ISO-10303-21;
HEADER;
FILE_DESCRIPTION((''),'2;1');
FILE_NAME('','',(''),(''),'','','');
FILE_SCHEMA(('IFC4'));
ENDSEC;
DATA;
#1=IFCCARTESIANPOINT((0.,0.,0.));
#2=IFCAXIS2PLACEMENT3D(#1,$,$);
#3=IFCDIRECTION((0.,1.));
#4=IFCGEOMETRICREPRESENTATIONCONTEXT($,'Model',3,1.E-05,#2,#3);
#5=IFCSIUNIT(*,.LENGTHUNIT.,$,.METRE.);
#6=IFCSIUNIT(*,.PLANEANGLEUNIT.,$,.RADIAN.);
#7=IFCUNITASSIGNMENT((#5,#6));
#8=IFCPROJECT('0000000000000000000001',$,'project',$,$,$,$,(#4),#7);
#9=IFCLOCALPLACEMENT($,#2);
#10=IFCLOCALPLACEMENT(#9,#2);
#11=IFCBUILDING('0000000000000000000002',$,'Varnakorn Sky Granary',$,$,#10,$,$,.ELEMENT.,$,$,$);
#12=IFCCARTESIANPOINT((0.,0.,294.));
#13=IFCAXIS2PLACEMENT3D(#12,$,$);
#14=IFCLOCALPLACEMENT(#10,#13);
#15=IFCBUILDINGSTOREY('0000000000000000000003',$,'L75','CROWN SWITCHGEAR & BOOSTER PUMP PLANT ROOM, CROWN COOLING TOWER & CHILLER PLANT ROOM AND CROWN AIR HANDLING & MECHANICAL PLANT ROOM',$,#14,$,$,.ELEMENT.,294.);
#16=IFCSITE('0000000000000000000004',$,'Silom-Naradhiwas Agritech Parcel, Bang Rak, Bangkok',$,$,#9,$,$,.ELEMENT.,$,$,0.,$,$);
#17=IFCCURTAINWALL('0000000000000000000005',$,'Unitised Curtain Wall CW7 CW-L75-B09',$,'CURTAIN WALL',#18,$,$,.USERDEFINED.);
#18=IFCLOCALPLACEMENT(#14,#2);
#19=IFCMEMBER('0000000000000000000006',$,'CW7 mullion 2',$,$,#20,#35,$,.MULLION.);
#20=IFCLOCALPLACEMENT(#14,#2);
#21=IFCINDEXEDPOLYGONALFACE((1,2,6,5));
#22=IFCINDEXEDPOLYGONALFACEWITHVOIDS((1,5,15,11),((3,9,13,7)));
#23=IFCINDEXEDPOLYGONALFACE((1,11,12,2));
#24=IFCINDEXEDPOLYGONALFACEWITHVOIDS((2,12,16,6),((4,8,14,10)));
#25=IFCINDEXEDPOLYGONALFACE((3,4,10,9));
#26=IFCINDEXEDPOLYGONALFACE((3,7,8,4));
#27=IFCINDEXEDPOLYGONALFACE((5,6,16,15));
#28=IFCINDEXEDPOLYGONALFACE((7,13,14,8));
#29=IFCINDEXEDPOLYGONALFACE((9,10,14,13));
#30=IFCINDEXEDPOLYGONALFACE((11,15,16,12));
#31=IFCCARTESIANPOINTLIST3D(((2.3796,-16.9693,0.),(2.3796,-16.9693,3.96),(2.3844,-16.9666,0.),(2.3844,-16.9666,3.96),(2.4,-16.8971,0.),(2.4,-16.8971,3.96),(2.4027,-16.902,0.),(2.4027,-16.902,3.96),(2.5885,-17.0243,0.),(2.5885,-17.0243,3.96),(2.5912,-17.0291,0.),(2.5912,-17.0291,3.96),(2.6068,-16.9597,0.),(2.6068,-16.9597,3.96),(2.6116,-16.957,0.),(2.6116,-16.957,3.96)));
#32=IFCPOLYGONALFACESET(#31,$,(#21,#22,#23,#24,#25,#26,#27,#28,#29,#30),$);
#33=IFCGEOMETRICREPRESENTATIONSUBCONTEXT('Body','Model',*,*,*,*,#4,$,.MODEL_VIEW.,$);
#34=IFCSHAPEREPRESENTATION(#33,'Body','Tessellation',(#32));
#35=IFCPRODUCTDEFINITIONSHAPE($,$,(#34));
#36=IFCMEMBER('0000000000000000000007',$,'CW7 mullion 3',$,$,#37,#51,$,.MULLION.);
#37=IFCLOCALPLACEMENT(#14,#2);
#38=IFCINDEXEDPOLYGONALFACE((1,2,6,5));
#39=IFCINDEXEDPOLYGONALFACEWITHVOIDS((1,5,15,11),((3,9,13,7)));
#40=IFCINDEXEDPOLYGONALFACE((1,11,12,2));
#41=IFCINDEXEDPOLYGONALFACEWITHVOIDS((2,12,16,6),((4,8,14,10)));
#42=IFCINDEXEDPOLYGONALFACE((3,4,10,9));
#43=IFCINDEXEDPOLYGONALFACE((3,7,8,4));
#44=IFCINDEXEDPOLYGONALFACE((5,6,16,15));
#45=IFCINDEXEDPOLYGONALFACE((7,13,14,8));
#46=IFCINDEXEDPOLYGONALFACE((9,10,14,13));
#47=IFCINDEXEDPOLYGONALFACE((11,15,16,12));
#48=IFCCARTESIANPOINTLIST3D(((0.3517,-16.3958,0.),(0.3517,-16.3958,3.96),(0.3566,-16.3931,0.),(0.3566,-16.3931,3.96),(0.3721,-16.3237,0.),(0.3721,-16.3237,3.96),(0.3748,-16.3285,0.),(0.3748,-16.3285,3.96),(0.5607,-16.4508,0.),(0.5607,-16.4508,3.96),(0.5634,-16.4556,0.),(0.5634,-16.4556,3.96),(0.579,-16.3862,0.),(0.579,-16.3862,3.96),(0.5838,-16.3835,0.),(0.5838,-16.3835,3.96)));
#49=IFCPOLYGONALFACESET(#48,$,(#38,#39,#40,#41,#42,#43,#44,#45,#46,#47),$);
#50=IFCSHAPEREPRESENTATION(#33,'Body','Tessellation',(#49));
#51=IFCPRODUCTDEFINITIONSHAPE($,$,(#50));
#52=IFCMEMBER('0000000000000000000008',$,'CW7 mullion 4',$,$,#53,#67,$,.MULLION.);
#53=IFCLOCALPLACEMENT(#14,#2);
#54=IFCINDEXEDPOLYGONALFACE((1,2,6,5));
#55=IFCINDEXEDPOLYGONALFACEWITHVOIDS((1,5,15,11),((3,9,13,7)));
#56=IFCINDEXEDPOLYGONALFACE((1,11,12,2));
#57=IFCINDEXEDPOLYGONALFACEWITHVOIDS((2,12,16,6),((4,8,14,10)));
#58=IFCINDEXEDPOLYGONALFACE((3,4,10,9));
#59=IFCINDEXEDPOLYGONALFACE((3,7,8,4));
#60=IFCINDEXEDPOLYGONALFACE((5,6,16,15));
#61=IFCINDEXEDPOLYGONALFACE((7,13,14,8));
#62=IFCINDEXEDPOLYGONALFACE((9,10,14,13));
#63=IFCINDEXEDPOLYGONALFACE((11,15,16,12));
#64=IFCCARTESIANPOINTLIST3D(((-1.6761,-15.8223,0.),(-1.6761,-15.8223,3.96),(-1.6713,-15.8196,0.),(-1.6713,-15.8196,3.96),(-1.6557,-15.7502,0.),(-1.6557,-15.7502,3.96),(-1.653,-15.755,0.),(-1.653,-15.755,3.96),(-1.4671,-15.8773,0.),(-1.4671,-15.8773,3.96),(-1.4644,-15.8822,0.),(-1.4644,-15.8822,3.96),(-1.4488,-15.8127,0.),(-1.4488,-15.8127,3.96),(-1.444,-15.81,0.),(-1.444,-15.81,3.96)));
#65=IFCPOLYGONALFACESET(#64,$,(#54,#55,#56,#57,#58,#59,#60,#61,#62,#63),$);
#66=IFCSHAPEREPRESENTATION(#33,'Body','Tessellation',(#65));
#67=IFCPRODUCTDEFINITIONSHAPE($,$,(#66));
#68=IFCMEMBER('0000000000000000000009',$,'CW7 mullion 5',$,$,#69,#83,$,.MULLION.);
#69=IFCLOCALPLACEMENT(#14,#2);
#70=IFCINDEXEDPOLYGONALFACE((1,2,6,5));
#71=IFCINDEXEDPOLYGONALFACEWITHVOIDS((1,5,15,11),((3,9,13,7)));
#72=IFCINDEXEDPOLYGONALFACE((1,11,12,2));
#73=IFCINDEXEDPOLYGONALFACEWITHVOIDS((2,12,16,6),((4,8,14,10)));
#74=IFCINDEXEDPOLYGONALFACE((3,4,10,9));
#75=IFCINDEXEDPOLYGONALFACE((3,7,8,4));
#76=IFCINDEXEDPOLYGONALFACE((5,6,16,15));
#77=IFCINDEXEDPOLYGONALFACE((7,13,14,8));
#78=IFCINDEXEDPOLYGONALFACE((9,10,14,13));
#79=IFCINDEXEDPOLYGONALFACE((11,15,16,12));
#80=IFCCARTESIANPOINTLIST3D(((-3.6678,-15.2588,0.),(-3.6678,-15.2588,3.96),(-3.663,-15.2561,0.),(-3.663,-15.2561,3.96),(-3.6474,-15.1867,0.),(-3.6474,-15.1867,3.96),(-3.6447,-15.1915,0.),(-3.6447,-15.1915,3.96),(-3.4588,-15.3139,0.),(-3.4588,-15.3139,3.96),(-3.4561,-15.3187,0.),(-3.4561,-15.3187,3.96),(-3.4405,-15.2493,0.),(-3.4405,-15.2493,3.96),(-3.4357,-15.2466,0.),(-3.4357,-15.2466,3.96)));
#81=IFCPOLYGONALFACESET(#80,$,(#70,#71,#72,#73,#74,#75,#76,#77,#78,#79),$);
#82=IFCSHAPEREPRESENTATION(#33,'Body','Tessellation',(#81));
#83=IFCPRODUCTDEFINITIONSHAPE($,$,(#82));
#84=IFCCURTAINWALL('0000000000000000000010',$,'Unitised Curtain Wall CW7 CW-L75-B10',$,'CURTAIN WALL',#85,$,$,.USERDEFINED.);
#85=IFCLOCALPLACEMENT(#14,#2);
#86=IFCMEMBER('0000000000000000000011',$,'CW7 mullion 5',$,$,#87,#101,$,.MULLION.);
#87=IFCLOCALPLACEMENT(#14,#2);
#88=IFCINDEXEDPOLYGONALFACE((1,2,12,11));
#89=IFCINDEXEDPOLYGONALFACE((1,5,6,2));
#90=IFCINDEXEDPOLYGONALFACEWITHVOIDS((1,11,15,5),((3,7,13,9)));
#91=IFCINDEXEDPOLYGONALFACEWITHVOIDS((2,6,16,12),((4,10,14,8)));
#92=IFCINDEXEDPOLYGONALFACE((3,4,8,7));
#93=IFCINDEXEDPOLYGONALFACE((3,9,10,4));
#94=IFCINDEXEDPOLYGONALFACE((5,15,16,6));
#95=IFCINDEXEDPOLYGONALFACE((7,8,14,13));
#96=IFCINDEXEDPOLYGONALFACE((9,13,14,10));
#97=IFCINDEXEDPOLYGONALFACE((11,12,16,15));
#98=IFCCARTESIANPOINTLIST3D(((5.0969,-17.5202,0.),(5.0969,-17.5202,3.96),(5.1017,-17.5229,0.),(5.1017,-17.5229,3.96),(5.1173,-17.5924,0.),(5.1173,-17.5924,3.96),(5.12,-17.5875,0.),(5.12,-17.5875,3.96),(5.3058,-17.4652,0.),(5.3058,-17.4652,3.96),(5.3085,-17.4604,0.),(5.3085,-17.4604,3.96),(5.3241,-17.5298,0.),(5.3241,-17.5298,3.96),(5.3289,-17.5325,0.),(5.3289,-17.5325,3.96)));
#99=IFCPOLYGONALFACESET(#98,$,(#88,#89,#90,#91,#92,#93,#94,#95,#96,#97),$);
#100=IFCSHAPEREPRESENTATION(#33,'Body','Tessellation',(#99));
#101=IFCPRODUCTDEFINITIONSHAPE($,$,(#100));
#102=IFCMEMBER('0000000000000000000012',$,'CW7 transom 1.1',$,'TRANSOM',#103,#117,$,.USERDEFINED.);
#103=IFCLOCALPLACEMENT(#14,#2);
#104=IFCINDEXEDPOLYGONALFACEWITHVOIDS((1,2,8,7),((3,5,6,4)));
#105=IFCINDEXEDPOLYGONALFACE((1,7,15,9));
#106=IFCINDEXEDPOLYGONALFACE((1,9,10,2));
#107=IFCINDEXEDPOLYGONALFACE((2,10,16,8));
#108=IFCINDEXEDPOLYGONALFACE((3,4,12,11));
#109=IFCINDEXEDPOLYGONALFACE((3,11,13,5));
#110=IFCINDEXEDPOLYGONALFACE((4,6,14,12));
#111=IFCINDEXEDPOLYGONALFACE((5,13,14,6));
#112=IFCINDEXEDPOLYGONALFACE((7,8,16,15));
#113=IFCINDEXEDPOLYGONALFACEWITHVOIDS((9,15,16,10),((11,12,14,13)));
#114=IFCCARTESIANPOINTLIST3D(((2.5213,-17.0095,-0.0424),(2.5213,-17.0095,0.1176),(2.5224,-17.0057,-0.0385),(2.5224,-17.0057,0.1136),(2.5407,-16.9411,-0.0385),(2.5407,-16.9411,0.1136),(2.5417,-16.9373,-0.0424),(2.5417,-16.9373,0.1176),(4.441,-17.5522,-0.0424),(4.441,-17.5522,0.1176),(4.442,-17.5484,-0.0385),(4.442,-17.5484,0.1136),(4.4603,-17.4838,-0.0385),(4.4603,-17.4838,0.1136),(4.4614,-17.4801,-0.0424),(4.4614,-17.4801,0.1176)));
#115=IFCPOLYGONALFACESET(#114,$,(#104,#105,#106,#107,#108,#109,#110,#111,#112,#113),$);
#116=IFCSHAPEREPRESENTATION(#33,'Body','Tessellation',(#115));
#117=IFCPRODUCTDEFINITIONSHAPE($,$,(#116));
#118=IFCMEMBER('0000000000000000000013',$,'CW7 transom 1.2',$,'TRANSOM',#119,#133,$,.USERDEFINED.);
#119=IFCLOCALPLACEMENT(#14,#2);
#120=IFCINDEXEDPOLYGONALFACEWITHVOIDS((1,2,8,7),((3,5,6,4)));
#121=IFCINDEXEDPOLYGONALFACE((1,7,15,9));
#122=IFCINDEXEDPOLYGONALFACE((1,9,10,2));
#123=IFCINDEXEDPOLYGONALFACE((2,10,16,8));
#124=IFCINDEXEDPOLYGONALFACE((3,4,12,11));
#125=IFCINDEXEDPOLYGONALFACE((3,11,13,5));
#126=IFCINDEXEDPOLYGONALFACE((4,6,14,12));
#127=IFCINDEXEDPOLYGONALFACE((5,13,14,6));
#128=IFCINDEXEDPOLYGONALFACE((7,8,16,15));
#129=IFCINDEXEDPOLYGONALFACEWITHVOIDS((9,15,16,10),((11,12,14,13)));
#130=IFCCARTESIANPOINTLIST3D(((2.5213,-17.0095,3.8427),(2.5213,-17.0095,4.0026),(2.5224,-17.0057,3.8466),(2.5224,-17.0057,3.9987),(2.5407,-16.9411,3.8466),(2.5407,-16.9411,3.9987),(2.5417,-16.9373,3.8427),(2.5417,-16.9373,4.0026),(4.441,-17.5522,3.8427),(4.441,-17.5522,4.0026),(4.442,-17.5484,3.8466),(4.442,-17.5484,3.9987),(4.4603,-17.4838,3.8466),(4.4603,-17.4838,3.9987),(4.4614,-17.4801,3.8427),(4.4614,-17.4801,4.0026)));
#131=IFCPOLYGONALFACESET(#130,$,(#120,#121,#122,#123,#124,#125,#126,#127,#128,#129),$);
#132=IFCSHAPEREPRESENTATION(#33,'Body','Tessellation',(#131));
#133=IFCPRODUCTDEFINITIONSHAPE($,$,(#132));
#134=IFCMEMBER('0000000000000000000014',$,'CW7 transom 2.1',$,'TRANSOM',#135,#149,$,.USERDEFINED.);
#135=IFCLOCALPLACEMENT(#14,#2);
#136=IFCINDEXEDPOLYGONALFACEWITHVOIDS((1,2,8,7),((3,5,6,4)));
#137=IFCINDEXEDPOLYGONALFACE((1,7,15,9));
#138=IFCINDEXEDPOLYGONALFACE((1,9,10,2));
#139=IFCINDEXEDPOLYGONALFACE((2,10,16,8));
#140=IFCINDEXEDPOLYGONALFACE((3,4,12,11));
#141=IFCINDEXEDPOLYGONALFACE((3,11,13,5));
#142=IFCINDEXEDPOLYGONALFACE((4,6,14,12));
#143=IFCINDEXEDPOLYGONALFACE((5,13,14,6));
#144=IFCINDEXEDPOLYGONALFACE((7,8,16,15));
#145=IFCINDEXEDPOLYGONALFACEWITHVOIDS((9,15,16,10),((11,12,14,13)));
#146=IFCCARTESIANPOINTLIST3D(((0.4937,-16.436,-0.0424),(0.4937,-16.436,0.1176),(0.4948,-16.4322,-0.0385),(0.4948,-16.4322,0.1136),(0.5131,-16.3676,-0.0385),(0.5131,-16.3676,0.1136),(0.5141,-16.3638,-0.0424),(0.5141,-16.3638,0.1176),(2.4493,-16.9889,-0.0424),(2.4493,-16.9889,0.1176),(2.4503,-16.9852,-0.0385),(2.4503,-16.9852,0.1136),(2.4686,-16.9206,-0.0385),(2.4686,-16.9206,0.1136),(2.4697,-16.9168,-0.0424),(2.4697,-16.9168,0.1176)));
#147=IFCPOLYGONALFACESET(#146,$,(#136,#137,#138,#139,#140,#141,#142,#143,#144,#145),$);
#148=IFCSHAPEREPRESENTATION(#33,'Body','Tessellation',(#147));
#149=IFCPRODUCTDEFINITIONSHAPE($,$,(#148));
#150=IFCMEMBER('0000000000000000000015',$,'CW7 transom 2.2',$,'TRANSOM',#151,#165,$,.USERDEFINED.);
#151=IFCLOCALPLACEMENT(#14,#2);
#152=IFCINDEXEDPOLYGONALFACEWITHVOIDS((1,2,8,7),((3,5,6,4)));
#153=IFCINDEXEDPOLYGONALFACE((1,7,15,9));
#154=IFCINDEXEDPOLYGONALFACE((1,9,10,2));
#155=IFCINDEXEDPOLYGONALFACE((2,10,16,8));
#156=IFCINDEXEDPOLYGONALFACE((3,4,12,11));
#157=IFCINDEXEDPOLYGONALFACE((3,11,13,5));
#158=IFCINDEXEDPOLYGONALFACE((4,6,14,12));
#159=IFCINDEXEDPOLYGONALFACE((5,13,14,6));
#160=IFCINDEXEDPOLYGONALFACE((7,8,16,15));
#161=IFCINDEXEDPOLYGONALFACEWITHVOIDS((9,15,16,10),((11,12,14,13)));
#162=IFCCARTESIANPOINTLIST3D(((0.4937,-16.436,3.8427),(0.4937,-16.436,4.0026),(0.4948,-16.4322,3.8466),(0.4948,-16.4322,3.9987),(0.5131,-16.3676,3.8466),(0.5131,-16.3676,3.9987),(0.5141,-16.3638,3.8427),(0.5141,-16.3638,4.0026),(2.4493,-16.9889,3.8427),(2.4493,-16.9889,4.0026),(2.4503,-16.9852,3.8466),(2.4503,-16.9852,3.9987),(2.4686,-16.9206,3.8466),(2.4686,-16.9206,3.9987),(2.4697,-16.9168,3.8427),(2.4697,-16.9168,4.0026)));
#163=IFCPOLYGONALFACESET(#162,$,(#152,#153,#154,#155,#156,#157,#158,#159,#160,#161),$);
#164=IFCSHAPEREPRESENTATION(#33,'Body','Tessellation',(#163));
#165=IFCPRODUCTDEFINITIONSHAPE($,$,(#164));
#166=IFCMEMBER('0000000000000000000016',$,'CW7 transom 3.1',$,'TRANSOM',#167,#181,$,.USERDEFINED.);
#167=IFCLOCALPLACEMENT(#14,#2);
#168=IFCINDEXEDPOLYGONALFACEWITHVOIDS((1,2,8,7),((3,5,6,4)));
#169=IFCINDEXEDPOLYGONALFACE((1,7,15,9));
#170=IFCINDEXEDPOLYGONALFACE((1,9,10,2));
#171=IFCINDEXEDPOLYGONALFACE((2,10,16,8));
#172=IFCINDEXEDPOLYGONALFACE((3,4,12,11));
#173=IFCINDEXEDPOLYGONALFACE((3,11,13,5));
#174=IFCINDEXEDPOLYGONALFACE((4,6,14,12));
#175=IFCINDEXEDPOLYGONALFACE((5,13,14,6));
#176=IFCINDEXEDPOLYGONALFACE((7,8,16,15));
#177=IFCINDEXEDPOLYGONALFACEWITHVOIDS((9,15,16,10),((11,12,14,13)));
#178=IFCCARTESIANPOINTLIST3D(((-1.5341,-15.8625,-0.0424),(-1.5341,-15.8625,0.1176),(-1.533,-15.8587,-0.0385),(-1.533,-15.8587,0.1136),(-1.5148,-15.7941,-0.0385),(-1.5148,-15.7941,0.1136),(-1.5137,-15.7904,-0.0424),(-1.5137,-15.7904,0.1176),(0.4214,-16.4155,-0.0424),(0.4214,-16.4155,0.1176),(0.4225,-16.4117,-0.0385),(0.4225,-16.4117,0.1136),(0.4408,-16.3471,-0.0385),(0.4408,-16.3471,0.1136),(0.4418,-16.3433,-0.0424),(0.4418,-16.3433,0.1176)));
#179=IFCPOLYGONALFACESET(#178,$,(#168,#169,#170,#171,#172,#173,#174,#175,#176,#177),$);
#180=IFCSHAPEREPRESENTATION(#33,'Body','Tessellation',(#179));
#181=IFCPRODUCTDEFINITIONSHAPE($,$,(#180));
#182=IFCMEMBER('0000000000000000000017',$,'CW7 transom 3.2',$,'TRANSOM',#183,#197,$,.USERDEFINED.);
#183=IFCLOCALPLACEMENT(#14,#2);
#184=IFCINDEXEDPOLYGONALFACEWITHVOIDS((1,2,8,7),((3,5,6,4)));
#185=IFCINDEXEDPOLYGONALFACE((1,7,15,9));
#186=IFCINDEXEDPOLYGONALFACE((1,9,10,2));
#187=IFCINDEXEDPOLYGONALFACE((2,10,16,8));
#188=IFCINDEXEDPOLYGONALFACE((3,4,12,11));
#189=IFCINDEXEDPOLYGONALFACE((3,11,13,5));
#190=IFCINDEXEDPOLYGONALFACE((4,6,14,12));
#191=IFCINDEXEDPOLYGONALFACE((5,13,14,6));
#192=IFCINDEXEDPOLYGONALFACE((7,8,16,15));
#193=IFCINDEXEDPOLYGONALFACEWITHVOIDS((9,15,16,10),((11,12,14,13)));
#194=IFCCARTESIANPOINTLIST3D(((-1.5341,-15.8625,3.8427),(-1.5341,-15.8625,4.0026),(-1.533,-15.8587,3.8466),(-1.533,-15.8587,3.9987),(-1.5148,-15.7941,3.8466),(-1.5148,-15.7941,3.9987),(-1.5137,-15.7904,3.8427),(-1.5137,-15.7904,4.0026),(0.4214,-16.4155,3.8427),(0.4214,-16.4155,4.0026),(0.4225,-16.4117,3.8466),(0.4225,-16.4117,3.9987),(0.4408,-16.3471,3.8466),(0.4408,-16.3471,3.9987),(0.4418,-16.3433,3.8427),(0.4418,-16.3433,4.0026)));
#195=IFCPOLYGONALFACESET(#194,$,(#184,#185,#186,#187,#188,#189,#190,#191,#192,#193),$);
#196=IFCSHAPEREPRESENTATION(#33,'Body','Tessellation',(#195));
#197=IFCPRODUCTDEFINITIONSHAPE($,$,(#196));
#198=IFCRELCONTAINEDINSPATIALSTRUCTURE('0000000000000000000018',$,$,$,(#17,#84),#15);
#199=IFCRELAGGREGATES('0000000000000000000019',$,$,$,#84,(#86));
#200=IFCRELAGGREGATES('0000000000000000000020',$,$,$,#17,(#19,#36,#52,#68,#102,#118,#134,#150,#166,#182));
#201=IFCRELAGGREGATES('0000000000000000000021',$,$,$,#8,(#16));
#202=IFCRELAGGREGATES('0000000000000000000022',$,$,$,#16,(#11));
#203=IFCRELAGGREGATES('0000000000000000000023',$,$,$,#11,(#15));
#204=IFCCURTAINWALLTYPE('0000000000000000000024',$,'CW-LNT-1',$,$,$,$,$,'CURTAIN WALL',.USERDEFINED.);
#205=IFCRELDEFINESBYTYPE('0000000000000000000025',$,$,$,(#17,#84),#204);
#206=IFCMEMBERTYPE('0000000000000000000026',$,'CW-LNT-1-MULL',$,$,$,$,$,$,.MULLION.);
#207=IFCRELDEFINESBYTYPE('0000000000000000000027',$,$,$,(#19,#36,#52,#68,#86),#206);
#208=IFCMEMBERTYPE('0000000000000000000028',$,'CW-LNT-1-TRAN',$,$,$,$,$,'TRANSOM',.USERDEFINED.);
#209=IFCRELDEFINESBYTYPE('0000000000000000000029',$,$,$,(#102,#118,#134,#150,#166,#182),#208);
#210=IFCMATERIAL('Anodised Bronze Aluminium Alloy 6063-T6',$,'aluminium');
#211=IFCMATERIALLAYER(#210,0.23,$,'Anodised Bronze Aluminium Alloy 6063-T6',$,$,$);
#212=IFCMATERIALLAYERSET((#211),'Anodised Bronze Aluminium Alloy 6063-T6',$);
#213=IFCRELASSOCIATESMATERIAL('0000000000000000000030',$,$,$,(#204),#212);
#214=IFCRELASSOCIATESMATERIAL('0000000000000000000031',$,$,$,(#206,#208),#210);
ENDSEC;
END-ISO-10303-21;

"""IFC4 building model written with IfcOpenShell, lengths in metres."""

from ifc_helpers import new_model, si_unit, direction, frame, origin, origin_2d, place, context, subcontext, project, spatial, hollow_rectangle, extrude, material, layer, layer_set, material_profile, profile_set, type_object, element, aggregate, save


model = new_model("IFC4")

# Units and contexts
model_context = context("Model", 3, precision=1e-05, world=origin(), true_north=direction((0.0, 1.0)))
body_context = subcontext(model_context, "Body", "Model", "MODEL_VIEW")
ifc_project = project(units=[si_unit("LENGTHUNIT", "METRE"), si_unit("PLANEANGLEUNIT", "RADIAN")], contexts=[model_context])

# Site, building, storey
site_placement = place(None, origin())
site = spatial("IfcSite", under=ifc_project, at=site_placement, Name="Silom-Naradhiwas Agritech Parcel, Bang Rak, Bangkok", CompositionType="ELEMENT", RefElevation=0.0)
building_placement = place(site_placement, origin())
building = spatial("IfcBuilding", under=site, at=building_placement, Name="Varnakorn Sky Granary", CompositionType="ELEMENT")
storey_placement = place(building_placement, frame((0.0, 0.0, 294.0)))
storey = spatial("IfcBuildingStorey", under=building, at=storey_placement, Name="L75", Description="CROWN SWITCHGEAR & BOOSTER PUMP PLANT ROOM, CROWN COOLING TOWER & CHILLER PLANT ROOM AND CROWN AIR HANDLING & MECHANICAL PLANT ROOM", CompositionType="ELEMENT", Elevation=294.0)

# Curtain wall, members
ifc_material_1 = material(Name="Anodised Bronze Aluminium Alloy 6063-T6", Category="aluminium")
ifc_layer_1 = layer(ifc_material_1, 0.23, Name="Anodised Bronze Aluminium Alloy 6063-T6")
ifc_layer_set_1 = layer_set([ifc_layer_1], Name="Anodised Bronze Aluminium Alloy 6063-T6")
curtain_wall_type = type_object("IfcCurtainWallType", Name="CW-LNT-1", ElementType="CURTAIN WALL", PredefinedType="USERDEFINED", material=ifc_layer_set_1)
curtain_wall_1_placement = place(storey_placement, origin())
curtain_wall_1 = element("IfcCurtainWall", 1, at=curtain_wall_1_placement, inside=storey, type_object=curtain_wall_type, Name="Unitised Curtain Wall CW7 CW-L75-B09", ObjectType="CURTAIN WALL", PredefinedType="USERDEFINED")
ifc_material_profile_1 = material_profile(ifc_material_1, hollow_rectangle(XDim=0.075, YDim=0.22, WallThickness=0.0039, at=origin_2d()), Name="ALU MULL 75x220")
ifc_profile_set_1 = profile_set([ifc_material_profile_1], Name="Anodised Bronze Aluminium Alloy 6063-T6")
member_type_1 = type_object("IfcMemberType", Name="CW-LNT-1-MULL", PredefinedType="MULLION", material=ifc_profile_set_1)
member_1_placement = place(storey_placement, frame((2.4956, -16.9631, 0.0), z_axis=(0.0, 0.0, 1.0), x_axis=(-0.272147, -0.962256, 0.0)))
member_1 = element("IfcMember", 2, at=member_1_placement, type_object=member_type_1, Name="CW7 mullion 2", PredefinedType="MULLION", context=body_context, shape_type="SweptSolid", body=[
    extrude(hollow_rectangle(XDim=0.075, YDim=0.22, WallThickness=0.0039, at=origin_2d()), origin(), (0.0, 0.0, 1.0), 3.96),
])
member_2_placement = place(storey_placement, frame((0.4678, -16.3896, 0.0), z_axis=(0.0, 0.0, 1.0), x_axis=(-0.272147, -0.962256, 0.0)))
member_2 = element("IfcMember", 3, at=member_2_placement, type_object=member_type_1, Name="CW7 mullion 3", PredefinedType="MULLION", context=body_context, shape_type="SweptSolid", body=[
    extrude(hollow_rectangle(XDim=0.075, YDim=0.22, WallThickness=0.0039, at=origin_2d()), origin(), (0.0, 0.0, 1.0), 3.96),
])
member_3_placement = place(storey_placement, frame((-1.5601, -15.8162, 0.0), z_axis=(0.0, 0.0, 1.0), x_axis=(-0.272147, -0.962256, 0.0)))
member_3 = element("IfcMember", 4, at=member_3_placement, type_object=member_type_1, Name="CW7 mullion 4", PredefinedType="MULLION", context=body_context, shape_type="SweptSolid", body=[
    extrude(hollow_rectangle(XDim=0.075, YDim=0.22, WallThickness=0.0039, at=origin_2d()), origin(), (0.0, 0.0, 1.0), 3.96),
])
member_4_placement = place(storey_placement, frame((-3.5518, -15.2527, 0.0), z_axis=(0.0, 0.0, 1.0), x_axis=(-0.272147, -0.962256, 0.0)))
member_4 = element("IfcMember", 5, at=member_4_placement, type_object=member_type_1, Name="CW7 mullion 5", PredefinedType="MULLION", context=body_context, shape_type="SweptSolid", body=[
    extrude(hollow_rectangle(XDim=0.075, YDim=0.22, WallThickness=0.0039, at=origin_2d()), origin(), (0.0, 0.0, 1.0), 3.96),
])

# Curtain wall, member
curtain_wall_2_placement = place(storey_placement, origin())
curtain_wall_2 = element("IfcCurtainWall", 6, at=curtain_wall_2_placement, inside=storey, type_object=curtain_wall_type, Name="Unitised Curtain Wall CW7 CW-L75-B10", ObjectType="CURTAIN WALL", PredefinedType="USERDEFINED")
member_5_placement = place(storey_placement, frame((5.2129, -17.5264, 0.0), z_axis=(0.0, 0.0, 1.0), x_axis=(0.272147, -0.962256, 0.0)))
member_5 = element("IfcMember", 7, at=member_5_placement, type_object=member_type_1, Name="CW7 mullion 5", PredefinedType="MULLION", context=body_context, shape_type="SweptSolid", body=[
    extrude(hollow_rectangle(XDim=0.075, YDim=0.22, WallThickness=0.0039, at=origin_2d()), origin(), (0.0, 0.0, 1.0), 3.96),
])
aggregate(curtain_wall_2, [member_5])

# Members
ifc_material_profile_2 = material_profile(ifc_material_1, hollow_rectangle(XDim=0.075, YDim=0.1599, WallThickness=0.0039, at=origin_2d()), Name="ALU TRAN 75x160")
ifc_profile_set_2 = profile_set([ifc_material_profile_2], Name="Anodised Bronze Aluminium Alloy 6063-T6")
member_type_2 = type_object("IfcMemberType", Name="CW-LNT-1-TRAN", ElementType="TRANSOM", PredefinedType="USERDEFINED", material=ifc_profile_set_2)
member_6_placement = place(storey_placement, frame((4.4512, -17.5161, 0.0376), z_axis=(-0.962282, 0.272053, 0.0), x_axis=(-0.272053, -0.962282, 0.0)))
member_6 = element("IfcMember", 8, at=member_6_placement, type_object=member_type_2, Name="CW7 transom 1.1", ObjectType="TRANSOM", PredefinedType="USERDEFINED", context=body_context, shape_type="SweptSolid", body=[
    extrude(hollow_rectangle(XDim=0.075, YDim=0.1599, WallThickness=0.0039, at=origin_2d()), origin(), (0.0, 0.0, 1.0), 1.9949),
])
member_7_placement = place(storey_placement, frame((4.4512, -17.5161, 3.9226), z_axis=(-0.962282, 0.272053, 0.0), x_axis=(-0.272053, -0.962282, 0.0)))
member_7 = element("IfcMember", 9, at=member_7_placement, type_object=member_type_2, Name="CW7 transom 1.2", ObjectType="TRANSOM", PredefinedType="USERDEFINED", context=body_context, shape_type="SweptSolid", body=[
    extrude(hollow_rectangle(XDim=0.075, YDim=0.1599, WallThickness=0.0039, at=origin_2d()), origin(), (0.0, 0.0, 1.0), 1.9949),
])
member_8_placement = place(storey_placement, frame((2.4595, -16.9529, 0.0376), z_axis=(-0.962268, 0.272102, 0.0), x_axis=(-0.272102, -0.962268, 0.0)))
member_8 = element("IfcMember", 10, at=member_8_placement, type_object=member_type_2, Name="CW7 transom 2.1", ObjectType="TRANSOM", PredefinedType="USERDEFINED", context=body_context, shape_type="SweptSolid", body=[
    extrude(hollow_rectangle(XDim=0.075, YDim=0.1599, WallThickness=0.0039, at=origin_2d()), origin(), (0.0, 0.0, 1.0), 2.0322),
])
member_9_placement = place(storey_placement, frame((2.4595, -16.9529, 3.9226), z_axis=(-0.962268, 0.272102, 0.0), x_axis=(-0.272102, -0.962268, 0.0)))
member_9 = element("IfcMember", 11, at=member_9_placement, type_object=member_type_2, Name="CW7 transom 2.2", ObjectType="TRANSOM", PredefinedType="USERDEFINED", context=body_context, shape_type="SweptSolid", body=[
    extrude(hollow_rectangle(XDim=0.075, YDim=0.1599, WallThickness=0.0039, at=origin_2d()), origin(), (0.0, 0.0, 1.0), 2.0322),
])
member_10_placement = place(storey_placement, frame((0.4316, -16.3794, 0.0376), z_axis=(-0.962268, 0.272102, 0.0), x_axis=(-0.272102, -0.962268, 0.0)))
member_10 = element("IfcMember", 12, at=member_10_placement, type_object=member_type_2, Name="CW7 transom 3.1", ObjectType="TRANSOM", PredefinedType="USERDEFINED", context=body_context, shape_type="SweptSolid", body=[
    extrude(hollow_rectangle(XDim=0.075, YDim=0.1599, WallThickness=0.0039, at=origin_2d()), origin(), (0.0, 0.0, 1.0), 2.0322),
])
member_11_placement = place(storey_placement, frame((0.4316, -16.3794, 3.9226), z_axis=(-0.962268, 0.272102, 0.0), x_axis=(-0.272102, -0.962268, 0.0)))
member_11 = element("IfcMember", 13, at=member_11_placement, type_object=member_type_2, Name="CW7 transom 3.2", ObjectType="TRANSOM", PredefinedType="USERDEFINED", context=body_context, shape_type="SweptSolid", body=[
    extrude(hollow_rectangle(XDim=0.075, YDim=0.1599, WallThickness=0.0039, at=origin_2d()), origin(), (0.0, 0.0, 1.0), 2.0322),
])

aggregate(curtain_wall_1, [member_1, member_2, member_3, member_4, member_6, member_7, member_8, member_9, member_10, member_11])

save(model, "model.ifc")
